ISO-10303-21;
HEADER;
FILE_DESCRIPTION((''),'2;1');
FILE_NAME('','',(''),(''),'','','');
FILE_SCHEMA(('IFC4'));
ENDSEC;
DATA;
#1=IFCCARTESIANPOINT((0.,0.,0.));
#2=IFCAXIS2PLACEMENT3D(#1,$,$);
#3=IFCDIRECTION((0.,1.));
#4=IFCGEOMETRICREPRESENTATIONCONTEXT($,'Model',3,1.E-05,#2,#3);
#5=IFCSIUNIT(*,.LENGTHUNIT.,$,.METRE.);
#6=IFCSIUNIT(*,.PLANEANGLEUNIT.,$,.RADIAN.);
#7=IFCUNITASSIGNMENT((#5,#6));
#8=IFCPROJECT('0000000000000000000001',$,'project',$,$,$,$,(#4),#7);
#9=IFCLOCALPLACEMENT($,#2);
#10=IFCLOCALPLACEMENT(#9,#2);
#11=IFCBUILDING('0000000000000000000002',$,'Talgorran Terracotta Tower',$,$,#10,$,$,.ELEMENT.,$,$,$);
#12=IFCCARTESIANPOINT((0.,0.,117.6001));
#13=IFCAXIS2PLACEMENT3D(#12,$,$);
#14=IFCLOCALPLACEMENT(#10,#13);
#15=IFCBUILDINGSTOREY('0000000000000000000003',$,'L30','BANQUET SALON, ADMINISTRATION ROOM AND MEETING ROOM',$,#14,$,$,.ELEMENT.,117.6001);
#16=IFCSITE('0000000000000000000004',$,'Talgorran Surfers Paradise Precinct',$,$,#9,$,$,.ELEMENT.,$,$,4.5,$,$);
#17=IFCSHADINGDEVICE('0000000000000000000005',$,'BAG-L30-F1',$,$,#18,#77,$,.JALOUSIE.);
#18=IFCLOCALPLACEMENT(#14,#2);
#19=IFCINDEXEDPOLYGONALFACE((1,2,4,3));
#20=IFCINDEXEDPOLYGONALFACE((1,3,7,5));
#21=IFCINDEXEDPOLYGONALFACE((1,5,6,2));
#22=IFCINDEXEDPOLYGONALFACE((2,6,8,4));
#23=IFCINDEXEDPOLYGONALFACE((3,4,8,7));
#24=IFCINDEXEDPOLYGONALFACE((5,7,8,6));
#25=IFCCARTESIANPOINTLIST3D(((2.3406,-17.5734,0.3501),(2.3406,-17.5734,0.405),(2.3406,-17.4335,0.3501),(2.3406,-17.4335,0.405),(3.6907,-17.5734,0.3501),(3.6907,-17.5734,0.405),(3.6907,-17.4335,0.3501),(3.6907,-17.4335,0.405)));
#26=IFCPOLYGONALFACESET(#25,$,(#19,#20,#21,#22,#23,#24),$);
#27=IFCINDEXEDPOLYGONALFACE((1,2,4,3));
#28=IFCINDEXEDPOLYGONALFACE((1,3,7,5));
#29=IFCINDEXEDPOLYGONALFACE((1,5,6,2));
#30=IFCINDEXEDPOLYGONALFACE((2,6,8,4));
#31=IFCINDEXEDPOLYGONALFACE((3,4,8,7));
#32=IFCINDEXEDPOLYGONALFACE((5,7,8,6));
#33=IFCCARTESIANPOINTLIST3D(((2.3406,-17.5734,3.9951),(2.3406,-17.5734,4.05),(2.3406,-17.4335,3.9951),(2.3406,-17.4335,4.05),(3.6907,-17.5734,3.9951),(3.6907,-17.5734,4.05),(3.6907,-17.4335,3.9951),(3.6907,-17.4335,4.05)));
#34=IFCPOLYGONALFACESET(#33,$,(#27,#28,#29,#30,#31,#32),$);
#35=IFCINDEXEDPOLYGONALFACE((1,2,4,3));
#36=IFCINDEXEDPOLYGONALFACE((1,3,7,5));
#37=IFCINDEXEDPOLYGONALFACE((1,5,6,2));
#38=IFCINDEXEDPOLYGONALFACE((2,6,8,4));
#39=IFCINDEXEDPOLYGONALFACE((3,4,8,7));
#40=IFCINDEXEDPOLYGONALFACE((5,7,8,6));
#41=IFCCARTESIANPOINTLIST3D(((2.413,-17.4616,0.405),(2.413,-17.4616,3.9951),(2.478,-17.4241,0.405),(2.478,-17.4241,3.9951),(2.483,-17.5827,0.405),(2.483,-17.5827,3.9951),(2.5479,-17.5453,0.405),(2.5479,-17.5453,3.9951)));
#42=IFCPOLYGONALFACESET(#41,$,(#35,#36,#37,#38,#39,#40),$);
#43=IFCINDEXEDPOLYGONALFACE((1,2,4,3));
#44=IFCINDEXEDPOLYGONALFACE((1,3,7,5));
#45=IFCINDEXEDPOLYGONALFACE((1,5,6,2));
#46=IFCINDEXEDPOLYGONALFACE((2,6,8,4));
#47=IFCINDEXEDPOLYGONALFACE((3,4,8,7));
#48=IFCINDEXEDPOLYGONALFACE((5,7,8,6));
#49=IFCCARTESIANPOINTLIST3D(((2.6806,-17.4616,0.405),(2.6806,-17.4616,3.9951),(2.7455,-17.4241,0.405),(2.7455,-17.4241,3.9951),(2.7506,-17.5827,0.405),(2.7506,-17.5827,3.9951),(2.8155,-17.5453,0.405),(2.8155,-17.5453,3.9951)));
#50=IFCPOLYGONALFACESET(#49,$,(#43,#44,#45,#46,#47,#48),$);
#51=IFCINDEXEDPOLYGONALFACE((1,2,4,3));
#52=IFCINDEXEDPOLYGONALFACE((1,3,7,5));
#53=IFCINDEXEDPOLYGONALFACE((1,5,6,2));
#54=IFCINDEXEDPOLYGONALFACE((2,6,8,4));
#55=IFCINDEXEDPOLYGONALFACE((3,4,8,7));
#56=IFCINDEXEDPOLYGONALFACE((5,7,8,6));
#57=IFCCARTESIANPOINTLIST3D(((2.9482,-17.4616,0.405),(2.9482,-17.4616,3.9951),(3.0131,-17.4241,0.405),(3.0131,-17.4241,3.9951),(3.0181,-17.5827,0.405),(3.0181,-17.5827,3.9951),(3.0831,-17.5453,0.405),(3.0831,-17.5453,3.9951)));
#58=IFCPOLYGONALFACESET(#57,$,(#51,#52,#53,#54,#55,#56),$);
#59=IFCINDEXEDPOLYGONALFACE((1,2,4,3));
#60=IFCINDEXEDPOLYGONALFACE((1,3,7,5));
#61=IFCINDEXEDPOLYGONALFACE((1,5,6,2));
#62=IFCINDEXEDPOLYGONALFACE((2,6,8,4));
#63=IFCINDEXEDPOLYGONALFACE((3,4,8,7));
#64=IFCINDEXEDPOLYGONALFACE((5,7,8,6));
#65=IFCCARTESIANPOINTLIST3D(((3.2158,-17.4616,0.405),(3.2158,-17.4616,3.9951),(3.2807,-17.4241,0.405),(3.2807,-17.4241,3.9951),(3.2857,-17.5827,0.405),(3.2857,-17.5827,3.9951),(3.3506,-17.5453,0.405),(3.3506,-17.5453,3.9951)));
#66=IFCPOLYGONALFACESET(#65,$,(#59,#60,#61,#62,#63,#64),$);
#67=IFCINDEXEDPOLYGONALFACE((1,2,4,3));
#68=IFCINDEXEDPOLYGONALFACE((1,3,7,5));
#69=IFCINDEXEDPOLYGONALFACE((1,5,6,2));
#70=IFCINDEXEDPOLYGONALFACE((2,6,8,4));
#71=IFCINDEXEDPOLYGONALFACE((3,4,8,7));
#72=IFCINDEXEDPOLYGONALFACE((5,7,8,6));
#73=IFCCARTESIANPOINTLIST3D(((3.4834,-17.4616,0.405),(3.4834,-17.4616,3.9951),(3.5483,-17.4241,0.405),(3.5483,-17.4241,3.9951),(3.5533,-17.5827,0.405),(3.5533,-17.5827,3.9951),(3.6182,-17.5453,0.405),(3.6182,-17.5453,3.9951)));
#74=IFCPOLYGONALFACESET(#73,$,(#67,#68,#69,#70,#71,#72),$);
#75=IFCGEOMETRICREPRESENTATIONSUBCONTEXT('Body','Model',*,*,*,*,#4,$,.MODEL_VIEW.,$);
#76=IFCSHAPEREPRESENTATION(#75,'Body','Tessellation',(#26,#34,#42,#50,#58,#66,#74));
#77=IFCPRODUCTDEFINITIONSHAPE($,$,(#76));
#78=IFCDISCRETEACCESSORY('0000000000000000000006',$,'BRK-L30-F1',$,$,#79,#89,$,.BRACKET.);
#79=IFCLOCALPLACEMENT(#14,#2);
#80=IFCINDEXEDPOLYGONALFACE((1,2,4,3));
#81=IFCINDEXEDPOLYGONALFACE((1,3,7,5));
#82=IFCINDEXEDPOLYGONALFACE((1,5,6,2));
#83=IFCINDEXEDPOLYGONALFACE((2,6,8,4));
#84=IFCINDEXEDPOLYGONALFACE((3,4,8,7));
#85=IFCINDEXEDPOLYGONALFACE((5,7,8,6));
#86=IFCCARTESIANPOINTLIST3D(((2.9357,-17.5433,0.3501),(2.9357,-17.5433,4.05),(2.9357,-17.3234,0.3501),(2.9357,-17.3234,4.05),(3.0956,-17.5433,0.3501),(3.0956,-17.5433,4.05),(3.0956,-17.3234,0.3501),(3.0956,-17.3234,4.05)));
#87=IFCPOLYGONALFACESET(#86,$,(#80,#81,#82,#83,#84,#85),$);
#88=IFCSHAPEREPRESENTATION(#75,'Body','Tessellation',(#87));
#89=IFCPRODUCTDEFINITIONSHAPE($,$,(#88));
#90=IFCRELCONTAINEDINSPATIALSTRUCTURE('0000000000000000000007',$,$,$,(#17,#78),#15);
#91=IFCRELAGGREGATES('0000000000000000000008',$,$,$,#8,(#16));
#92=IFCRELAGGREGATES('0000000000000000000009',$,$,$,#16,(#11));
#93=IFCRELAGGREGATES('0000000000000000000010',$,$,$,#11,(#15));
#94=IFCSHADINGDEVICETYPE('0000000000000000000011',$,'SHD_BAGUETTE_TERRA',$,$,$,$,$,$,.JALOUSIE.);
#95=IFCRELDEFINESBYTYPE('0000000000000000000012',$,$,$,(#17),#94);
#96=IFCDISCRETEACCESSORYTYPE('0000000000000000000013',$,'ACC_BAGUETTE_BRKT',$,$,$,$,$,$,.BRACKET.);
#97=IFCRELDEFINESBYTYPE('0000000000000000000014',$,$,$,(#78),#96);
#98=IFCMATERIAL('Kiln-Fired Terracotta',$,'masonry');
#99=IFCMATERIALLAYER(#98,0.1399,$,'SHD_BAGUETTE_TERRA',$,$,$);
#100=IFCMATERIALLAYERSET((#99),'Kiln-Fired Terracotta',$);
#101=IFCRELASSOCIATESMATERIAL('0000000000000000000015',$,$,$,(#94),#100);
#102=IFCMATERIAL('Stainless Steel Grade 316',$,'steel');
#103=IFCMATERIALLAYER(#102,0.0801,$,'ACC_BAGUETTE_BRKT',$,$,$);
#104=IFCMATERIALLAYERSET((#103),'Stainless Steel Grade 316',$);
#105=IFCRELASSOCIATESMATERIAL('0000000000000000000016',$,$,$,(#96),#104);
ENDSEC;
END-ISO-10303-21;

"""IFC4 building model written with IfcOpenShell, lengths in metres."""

from ifc_helpers import new_model, si_unit, direction, frame, origin, origin_2d, place, context, subcontext, project, spatial, rectangle, extrude, source, transform, mapped, material, layer, layer_set, type_object, type_shapes, element, save


model = new_model("IFC4")

# Units and contexts
model_context = context("Model", 3, precision=1e-05, world=origin(), true_north=direction((0.0, 1.0)))
body_context = subcontext(model_context, "Body", "Model", "MODEL_VIEW")
ifc_project = project(units=[si_unit("LENGTHUNIT", "METRE"), si_unit("PLANEANGLEUNIT", "RADIAN")], contexts=[model_context])

# Site, building, storey
site_placement = place(None, origin())
site = spatial("IfcSite", under=ifc_project, at=site_placement, Name="Talgorran Surfers Paradise Precinct", CompositionType="ELEMENT", RefElevation=4.5)
building_placement = place(site_placement, origin())
building = spatial("IfcBuilding", under=site, at=building_placement, Name="Talgorran Terracotta Tower", CompositionType="ELEMENT")
storey_placement = place(building_placement, frame((0.0, 0.0, 117.6001)))
storey = spatial("IfcBuildingStorey", under=building, at=storey_placement, Name="L30", Description="BANQUET SALON, ADMINISTRATION ROOM AND MEETING ROOM", CompositionType="ELEMENT", Elevation=117.6001)

# Shading device
ifc_material_1 = material(Name="Kiln-Fired Terracotta", Category="masonry")
ifc_layer_1 = layer(ifc_material_1, 0.1399, Name="SHD_BAGUETTE_TERRA")
ifc_layer_set_1 = layer_set([ifc_layer_1], Name="Kiln-Fired Terracotta")
shading_device_type = type_object("IfcShadingDeviceType", Name="SHD_BAGUETTE_TERRA", PredefinedType="JALOUSIE", material=ifc_layer_set_1)
shared_shape_1 = source(origin(), body_context, "Body", "SweptSolid", [
    extrude(rectangle(XDim=1.3501, YDim=0.1399, at=origin_2d()), origin(), (0.0, 0.0, 1.0), 0.0549),
    extrude(rectangle(XDim=1.3501, YDim=0.1399, at=origin_2d()), frame((0.0, 0.0, 3.645)), (0.0, 0.0, 1.0), 0.0549),
    extrude(rectangle(XDim=0.075, YDim=0.1399, at=origin_2d()), frame((-0.5352, 0.0, 0.0549), z_axis=(0.0, 0.0, 1.0), x_axis=(0.866025, 0.5, 0.0)), (0.0, 0.0, 1.0), 3.5901),
    extrude(rectangle(XDim=0.075, YDim=0.1399, at=origin_2d()), frame((-0.2676, 0.0, 0.0549), z_axis=(0.0, 0.0, 1.0), x_axis=(0.866025, 0.5, 0.0)), (0.0, 0.0, 1.0), 3.5901),
    extrude(rectangle(XDim=0.075, YDim=0.1399, at=origin_2d()), frame((0.0, 0.0, 0.0549), z_axis=(0.0, 0.0, 1.0), x_axis=(0.866025, 0.5, 0.0)), (0.0, 0.0, 1.0), 3.5901),
    extrude(rectangle(XDim=0.075, YDim=0.1399, at=origin_2d()), frame((0.2676, 0.0, 0.0549), z_axis=(0.0, 0.0, 1.0), x_axis=(0.866025, 0.5, 0.0)), (0.0, 0.0, 1.0), 3.5901),
    extrude(rectangle(XDim=0.075, YDim=0.1399, at=origin_2d()), frame((0.5352, 0.0, 0.0549), z_axis=(0.0, 0.0, 1.0), x_axis=(0.866025, 0.5, 0.0)), (0.0, 0.0, 1.0), 3.5901),
])
type_shapes(shading_device_type, [shared_shape_1])
shading_device_placement = place(storey_placement, frame((3.0156, -17.5034, 0.3501), z_axis=(0.0, 0.0, 1.0), x_axis=(1.0, 0.0, 0.0)))
element("IfcShadingDevice", 1, at=shading_device_placement, inside=storey, type_object=shading_device_type, Name="BAG-L30-F1", PredefinedType="JALOUSIE", context=body_context, shape_type="MappedRepresentation", body=[
    mapped(shared_shape_1, transform((0.0, 0.0, 0.0), scale=1.0)),
])

# Discrete accessory
ifc_material_2 = material(Name="Stainless Steel Grade 316", Category="steel")
ifc_layer_2 = layer(ifc_material_2, 0.0801, Name="ACC_BAGUETTE_BRKT")
ifc_layer_set_2 = layer_set([ifc_layer_2], Name="Stainless Steel Grade 316")
discrete_accessory_type = type_object("IfcDiscreteAccessoryType", Name="ACC_BAGUETTE_BRKT", PredefinedType="BRACKET", material=ifc_layer_set_2)
shared_shape_2 = source(origin(), body_context, "Body", "SweptSolid", [
    extrude(rectangle(XDim=0.1599, YDim=0.22, at=origin_2d()), origin(), (0.0, 0.0, 1.0), 3.7),
])
type_shapes(discrete_accessory_type, [shared_shape_2])
discrete_accessory_placement = place(storey_placement, frame((3.0156, -17.4333, 0.3501), z_axis=(0.0, 0.0, 1.0), x_axis=(1.0, 0.0, 0.0)))
element("IfcDiscreteAccessory", 2, at=discrete_accessory_placement, inside=storey, type_object=discrete_accessory_type, Name="BRK-L30-F1", PredefinedType="BRACKET", context=body_context, shape_type="MappedRepresentation", body=[
    mapped(shared_shape_2, transform((0.0, 0.0, 0.0), scale=1.0)),
])

save(model, "model.ifc")
